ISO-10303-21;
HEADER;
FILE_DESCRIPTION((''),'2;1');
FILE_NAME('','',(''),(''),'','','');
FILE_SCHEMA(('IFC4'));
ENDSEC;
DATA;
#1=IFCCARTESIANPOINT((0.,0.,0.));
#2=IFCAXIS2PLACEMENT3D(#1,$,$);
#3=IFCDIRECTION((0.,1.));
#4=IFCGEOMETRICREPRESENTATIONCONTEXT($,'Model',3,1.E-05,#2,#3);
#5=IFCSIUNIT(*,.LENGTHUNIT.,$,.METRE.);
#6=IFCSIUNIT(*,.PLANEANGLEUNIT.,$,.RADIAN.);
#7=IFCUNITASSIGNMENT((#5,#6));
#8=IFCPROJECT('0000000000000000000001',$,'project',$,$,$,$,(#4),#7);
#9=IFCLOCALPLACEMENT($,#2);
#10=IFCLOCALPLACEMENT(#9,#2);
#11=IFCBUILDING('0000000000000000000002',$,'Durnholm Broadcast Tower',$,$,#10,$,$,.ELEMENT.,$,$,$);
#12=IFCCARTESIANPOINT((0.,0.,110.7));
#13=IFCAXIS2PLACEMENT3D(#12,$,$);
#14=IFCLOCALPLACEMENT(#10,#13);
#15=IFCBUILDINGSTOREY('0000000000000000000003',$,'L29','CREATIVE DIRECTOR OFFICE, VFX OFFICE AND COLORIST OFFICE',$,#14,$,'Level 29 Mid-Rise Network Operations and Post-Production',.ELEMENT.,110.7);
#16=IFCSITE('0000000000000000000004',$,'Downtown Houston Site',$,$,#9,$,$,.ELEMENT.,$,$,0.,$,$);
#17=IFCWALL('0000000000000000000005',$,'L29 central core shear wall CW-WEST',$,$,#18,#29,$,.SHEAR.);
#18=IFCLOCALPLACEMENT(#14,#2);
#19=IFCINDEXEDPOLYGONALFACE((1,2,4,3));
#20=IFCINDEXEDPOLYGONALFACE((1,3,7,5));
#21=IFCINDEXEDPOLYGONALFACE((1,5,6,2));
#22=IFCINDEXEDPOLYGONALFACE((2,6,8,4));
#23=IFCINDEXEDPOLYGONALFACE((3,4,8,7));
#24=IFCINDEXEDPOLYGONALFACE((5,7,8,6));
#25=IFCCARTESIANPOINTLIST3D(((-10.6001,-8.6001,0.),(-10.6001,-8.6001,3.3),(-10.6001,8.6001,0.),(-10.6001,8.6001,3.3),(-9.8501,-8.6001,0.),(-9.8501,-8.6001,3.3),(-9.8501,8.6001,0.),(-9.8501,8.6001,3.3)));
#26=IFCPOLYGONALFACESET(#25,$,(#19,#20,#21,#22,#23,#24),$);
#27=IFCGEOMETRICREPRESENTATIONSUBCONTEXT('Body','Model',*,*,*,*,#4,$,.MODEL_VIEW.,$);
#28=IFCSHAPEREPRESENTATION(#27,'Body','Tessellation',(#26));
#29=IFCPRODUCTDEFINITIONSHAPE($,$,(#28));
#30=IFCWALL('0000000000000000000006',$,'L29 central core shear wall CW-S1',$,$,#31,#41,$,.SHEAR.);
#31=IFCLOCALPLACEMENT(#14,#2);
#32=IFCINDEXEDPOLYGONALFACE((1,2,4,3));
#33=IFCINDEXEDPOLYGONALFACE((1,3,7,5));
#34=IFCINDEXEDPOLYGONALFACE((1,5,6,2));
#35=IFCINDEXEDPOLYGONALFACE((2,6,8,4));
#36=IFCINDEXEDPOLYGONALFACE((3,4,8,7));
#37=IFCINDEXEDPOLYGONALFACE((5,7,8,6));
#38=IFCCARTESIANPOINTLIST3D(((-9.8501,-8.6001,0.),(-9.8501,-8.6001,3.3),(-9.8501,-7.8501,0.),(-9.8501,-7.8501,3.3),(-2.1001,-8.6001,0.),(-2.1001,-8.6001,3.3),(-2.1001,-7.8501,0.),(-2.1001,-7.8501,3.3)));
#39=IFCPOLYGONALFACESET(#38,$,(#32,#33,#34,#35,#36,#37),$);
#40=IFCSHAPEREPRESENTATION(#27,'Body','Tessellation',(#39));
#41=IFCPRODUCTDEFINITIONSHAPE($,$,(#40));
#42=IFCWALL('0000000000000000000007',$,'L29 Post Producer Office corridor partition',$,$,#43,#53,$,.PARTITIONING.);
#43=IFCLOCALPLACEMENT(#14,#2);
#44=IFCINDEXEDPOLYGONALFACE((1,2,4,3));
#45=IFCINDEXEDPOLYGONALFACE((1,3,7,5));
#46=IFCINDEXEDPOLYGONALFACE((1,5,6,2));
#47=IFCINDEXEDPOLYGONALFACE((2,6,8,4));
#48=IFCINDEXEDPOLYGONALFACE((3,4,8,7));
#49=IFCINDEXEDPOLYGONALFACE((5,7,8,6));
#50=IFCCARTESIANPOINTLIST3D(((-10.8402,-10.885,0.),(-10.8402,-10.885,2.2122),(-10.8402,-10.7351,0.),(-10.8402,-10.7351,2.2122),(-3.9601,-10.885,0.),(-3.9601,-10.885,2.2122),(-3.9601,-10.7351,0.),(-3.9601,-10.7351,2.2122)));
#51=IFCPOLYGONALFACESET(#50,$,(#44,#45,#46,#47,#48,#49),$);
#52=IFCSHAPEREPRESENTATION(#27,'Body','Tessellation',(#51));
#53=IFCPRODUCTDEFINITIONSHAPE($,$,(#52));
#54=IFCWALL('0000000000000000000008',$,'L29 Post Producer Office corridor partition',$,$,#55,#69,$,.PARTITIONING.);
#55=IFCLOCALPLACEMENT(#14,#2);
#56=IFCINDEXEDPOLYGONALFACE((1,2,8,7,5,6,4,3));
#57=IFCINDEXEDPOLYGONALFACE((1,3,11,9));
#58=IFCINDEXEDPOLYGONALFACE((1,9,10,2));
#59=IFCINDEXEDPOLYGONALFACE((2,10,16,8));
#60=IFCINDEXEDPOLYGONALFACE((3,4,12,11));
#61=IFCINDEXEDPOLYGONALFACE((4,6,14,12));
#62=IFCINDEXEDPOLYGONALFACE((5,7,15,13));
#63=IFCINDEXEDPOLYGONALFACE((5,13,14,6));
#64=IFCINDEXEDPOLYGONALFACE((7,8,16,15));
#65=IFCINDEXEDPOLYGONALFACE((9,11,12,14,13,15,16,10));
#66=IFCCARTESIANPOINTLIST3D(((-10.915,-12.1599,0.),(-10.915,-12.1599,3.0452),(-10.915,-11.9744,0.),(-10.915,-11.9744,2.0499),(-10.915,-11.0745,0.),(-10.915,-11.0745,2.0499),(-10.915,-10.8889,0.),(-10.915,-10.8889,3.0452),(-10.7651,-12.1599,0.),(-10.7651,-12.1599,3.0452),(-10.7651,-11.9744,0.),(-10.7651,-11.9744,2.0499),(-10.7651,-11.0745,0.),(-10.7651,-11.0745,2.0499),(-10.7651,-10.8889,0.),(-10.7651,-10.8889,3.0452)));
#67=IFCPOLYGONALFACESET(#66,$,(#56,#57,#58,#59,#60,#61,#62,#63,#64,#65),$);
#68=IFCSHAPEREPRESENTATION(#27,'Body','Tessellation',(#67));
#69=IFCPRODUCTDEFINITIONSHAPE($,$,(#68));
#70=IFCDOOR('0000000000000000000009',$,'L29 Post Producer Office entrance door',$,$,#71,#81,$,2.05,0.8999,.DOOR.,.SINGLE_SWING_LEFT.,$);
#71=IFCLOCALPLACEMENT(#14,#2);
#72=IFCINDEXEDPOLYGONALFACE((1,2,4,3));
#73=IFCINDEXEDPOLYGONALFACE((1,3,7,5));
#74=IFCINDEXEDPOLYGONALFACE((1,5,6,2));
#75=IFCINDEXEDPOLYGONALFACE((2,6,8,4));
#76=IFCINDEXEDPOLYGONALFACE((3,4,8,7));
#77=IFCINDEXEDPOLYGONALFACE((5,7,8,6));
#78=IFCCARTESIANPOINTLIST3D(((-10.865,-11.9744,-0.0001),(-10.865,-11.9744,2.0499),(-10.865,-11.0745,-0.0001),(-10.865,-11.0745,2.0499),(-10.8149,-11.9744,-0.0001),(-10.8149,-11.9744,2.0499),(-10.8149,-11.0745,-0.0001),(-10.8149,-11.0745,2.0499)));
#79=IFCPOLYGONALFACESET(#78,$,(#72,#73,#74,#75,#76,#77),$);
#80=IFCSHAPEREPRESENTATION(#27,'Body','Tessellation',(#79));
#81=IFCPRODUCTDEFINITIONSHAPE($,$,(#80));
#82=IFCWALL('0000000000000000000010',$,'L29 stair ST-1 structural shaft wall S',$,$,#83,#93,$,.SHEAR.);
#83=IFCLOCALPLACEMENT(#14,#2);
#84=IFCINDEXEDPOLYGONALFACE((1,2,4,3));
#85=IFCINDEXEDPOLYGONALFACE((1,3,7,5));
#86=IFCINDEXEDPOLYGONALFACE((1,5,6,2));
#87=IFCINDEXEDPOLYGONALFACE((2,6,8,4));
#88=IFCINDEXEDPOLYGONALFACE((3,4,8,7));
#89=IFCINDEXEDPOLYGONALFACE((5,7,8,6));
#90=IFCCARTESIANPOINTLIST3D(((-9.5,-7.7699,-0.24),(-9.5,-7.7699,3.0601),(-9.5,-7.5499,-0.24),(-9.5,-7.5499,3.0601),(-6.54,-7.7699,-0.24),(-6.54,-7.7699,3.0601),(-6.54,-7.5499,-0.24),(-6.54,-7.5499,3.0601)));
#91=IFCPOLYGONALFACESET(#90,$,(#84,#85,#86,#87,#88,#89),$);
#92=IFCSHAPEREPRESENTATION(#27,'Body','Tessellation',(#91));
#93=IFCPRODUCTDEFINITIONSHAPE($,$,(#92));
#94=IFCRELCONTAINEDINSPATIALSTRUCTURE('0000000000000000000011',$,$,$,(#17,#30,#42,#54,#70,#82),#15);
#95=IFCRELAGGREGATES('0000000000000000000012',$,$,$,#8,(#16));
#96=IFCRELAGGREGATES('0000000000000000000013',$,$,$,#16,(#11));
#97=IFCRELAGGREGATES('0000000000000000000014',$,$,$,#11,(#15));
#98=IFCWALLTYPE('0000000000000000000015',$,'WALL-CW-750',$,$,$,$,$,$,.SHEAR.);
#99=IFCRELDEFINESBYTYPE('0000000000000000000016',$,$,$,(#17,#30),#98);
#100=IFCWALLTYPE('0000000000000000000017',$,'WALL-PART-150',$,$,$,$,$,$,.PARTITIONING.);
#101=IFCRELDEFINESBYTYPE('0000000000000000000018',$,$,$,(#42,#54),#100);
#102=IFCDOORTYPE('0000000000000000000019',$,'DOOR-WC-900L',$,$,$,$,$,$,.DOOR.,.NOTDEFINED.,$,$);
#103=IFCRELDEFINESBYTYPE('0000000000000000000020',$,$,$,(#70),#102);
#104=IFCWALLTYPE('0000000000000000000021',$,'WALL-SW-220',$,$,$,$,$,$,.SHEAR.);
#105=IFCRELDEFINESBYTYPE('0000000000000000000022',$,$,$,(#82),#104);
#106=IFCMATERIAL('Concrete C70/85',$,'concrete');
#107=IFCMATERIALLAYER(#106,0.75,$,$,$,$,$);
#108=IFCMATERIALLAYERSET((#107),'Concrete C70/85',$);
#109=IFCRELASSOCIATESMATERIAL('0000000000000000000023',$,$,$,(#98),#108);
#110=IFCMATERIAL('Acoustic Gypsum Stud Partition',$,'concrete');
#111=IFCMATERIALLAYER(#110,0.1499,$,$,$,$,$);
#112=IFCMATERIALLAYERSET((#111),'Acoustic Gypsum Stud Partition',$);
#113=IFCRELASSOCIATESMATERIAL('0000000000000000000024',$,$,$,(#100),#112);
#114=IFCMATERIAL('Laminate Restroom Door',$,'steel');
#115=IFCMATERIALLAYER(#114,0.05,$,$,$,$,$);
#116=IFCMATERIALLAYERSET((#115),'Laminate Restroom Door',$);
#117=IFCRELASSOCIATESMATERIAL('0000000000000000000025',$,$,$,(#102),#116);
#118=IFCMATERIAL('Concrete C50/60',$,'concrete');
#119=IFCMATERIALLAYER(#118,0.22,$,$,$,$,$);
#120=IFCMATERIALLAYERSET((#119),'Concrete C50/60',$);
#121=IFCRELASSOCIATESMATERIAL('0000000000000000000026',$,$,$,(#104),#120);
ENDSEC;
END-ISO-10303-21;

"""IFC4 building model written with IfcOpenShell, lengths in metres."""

from ifc_helpers import new_model, si_unit, direction, frame, frame_2d, origin, place, context, subcontext, project, spatial, rectangle, extrude, source, transform, mapped, material, layer, layer_set, type_object, type_shapes, element, fill, save


model = new_model("IFC4")

# Units and contexts
model_context = context("Model", 3, precision=1e-05, world=origin(), true_north=direction((0.0, 1.0)))
body_context = subcontext(model_context, "Body", "Model", "MODEL_VIEW")
ifc_project = project(units=[si_unit("LENGTHUNIT", "METRE"), si_unit("PLANEANGLEUNIT", "RADIAN")], contexts=[model_context])

# Site, building, storey
site_placement = place(None, origin())
site = spatial("IfcSite", under=ifc_project, at=site_placement, Name="Downtown Houston Site", CompositionType="ELEMENT", RefElevation=0.0)
building_placement = place(site_placement, origin())
building = spatial("IfcBuilding", under=site, at=building_placement, Name="Durnholm Broadcast Tower", CompositionType="ELEMENT")
storey_placement = place(building_placement, frame((0.0, 0.0, 110.7)))
storey = spatial("IfcBuildingStorey", under=building, at=storey_placement, Name="L29", Description="CREATIVE DIRECTOR OFFICE, VFX OFFICE AND COLORIST OFFICE", LongName="Level 29 Mid-Rise Network Operations and Post-Production", CompositionType="ELEMENT", Elevation=110.7)

# Shared definitions
ifc_material_1 = material(Name="Concrete C70/85", Category="concrete")

# Walls
ifc_layer_1 = layer(ifc_material_1, 0.75)
ifc_layer_set_1 = layer_set([ifc_layer_1], Name="Concrete C70/85")
wall_type_1 = type_object("IfcWallType", Name="WALL-CW-750", PredefinedType="SHEAR", material=ifc_layer_set_1)
wall_1_placement = place(storey_placement, frame((-10.2251, -8.6001, 0.0), z_axis=(0.0, 0.0, 1.0), x_axis=(0.0, 1.0, 0.0)))
element("IfcWall", 1, at=wall_1_placement, inside=storey, type_object=wall_type_1, Name="L29 central core shear wall CW-WEST", PredefinedType="SHEAR", context=body_context, shape_type="SweptSolid", body=[
    extrude(rectangle(XDim=17.2002, YDim=0.75, at=frame_2d((8.6001, 0.0))), origin(), (0.0, 0.0, 1.0), 3.3),
])
wall_2_placement = place(storey_placement, frame((-9.8501, -8.2251, 0.0), z_axis=(0.0, 0.0, 1.0), x_axis=(1.0, 0.0, 0.0)))
element("IfcWall", 2, at=wall_2_placement, inside=storey, type_object=wall_type_1, Name="L29 central core shear wall CW-S1", PredefinedType="SHEAR", context=body_context, shape_type="SweptSolid", body=[
    extrude(rectangle(XDim=7.75, YDim=0.75, at=frame_2d((3.875, 0.0))), origin(), (0.0, 0.0, 1.0), 3.3),
])
ifc_material_2 = material(Name="Acoustic Gypsum Stud Partition", Category="concrete")
ifc_layer_2 = layer(ifc_material_2, 0.1499)
ifc_layer_set_2 = layer_set([ifc_layer_2], Name="Acoustic Gypsum Stud Partition")
wall_type_2 = type_object("IfcWallType", Name="WALL-PART-150", PredefinedType="PARTITIONING", material=ifc_layer_set_2)
wall_3_placement = place(storey_placement, frame((-10.8401, -10.8101, 0.0), z_axis=(0.0, 0.0, 1.0), x_axis=(1.0, 0.0, 0.0)))
element("IfcWall", 3, at=wall_3_placement, inside=storey, type_object=wall_type_2, Name="L29 Post Producer Office corridor partition", PredefinedType="PARTITIONING", context=body_context, shape_type="SweptSolid", body=[
    extrude(rectangle(XDim=6.8801, YDim=0.1499, at=frame_2d((3.4399, 0.0))), origin(), (0.0, 0.0, 1.0), 2.2122),
])

# Wall, opening, door
wall_4_placement = place(storey_placement, frame((-10.8401, -12.1599, 0.0), z_axis=(0.0, 0.0, 1.0), x_axis=(0.0, 1.0, 0.0)))
wall_4 = element("IfcWall", 4, at=wall_4_placement, inside=storey, type_object=wall_type_2, Name="L29 Post Producer Office corridor partition", PredefinedType="PARTITIONING", context=body_context, shape_type="SweptSolid", body=[
    extrude(rectangle(XDim=1.271, YDim=0.1499, at=frame_2d((0.6355, 0.0))), origin(), (0.0, 0.0, 1.0), 3.0452),
])
opening_placement = place(wall_4_placement, frame((0.1855, 0.0, 0.0)))
opening = element("IfcOpeningElement", 5, at=opening_placement, cuts=wall_4, PredefinedType="OPENING", context=body_context, shape_type="SweptSolid", body=[
    extrude(rectangle(XDim=0.8999, YDim=2.05, at=frame_2d((0.45, 1.0249))), frame((0.0, 0.085, 0.0), z_axis=(0.0, -1.0, 0.0), x_axis=(1.0, 0.0, 0.0)), (0.0, 0.0, 1.0), 0.1699),
])
ifc_material_3 = material(Name="Laminate Restroom Door", Category="steel")
ifc_layer_3 = layer(ifc_material_3, 0.05)
ifc_layer_set_3 = layer_set([ifc_layer_3], Name="Laminate Restroom Door")
door_type = type_object("IfcDoorType", Name="DOOR-WC-900L", OperationType="NOTDEFINED", PredefinedType="DOOR", material=ifc_layer_set_3)
shared_shape_1 = source(origin(), body_context, "Body", "SweptSolid", [
    extrude(rectangle(XDim=0.8999, YDim=2.05, at=frame_2d((0.45, 1.0249))), frame((0.0, 0.0249, 0.0), z_axis=(0.0, -1.0, 0.0), x_axis=(1.0, 0.0, 0.0)), (0.0, 0.0, 1.0), 0.05),
])
type_shapes(door_type, [shared_shape_1])
door_placement = place(opening_placement, origin())
door = element("IfcDoor", 6, at=door_placement, inside=storey, type_object=door_type, Name="L29 Post Producer Office entrance door", OperationType="SINGLE_SWING_LEFT", OverallHeight=2.05, OverallWidth=0.8999, PredefinedType="DOOR", context=body_context, shape_type="MappedRepresentation", body=[
    mapped(shared_shape_1, transform((0.0, 0.0, 0.0), x_axis=(1.0, 0.0, 0.0), y_axis=(0.0, 1.0, 0.0), z_axis=(0.0, 0.0, 1.0), scale=1.0)),
])
fill(opening, door)

# Wall
ifc_material_4 = material(Name="Concrete C50/60", Category="concrete")
ifc_layer_4 = layer(ifc_material_4, 0.22)
ifc_layer_set_4 = layer_set([ifc_layer_4], Name="Concrete C50/60")
wall_type_3 = type_object("IfcWallType", Name="WALL-SW-220", PredefinedType="SHEAR", material=ifc_layer_set_4)
wall_5_placement = place(storey_placement, frame((-9.5, -7.6599, -0.24), z_axis=(0.0, 0.0, 1.0), x_axis=(1.0, 0.0, 0.0)))
element("IfcWall", 7, at=wall_5_placement, inside=storey, type_object=wall_type_3, Name="L29 stair ST-1 structural shaft wall S", PredefinedType="SHEAR", context=body_context, shape_type="SweptSolid", body=[
    extrude(rectangle(XDim=2.96, YDim=0.22, at=frame_2d((1.48, 0.0))), origin(), (0.0, 0.0, 1.0), 3.3),
])

save(model, "model.ifc")
